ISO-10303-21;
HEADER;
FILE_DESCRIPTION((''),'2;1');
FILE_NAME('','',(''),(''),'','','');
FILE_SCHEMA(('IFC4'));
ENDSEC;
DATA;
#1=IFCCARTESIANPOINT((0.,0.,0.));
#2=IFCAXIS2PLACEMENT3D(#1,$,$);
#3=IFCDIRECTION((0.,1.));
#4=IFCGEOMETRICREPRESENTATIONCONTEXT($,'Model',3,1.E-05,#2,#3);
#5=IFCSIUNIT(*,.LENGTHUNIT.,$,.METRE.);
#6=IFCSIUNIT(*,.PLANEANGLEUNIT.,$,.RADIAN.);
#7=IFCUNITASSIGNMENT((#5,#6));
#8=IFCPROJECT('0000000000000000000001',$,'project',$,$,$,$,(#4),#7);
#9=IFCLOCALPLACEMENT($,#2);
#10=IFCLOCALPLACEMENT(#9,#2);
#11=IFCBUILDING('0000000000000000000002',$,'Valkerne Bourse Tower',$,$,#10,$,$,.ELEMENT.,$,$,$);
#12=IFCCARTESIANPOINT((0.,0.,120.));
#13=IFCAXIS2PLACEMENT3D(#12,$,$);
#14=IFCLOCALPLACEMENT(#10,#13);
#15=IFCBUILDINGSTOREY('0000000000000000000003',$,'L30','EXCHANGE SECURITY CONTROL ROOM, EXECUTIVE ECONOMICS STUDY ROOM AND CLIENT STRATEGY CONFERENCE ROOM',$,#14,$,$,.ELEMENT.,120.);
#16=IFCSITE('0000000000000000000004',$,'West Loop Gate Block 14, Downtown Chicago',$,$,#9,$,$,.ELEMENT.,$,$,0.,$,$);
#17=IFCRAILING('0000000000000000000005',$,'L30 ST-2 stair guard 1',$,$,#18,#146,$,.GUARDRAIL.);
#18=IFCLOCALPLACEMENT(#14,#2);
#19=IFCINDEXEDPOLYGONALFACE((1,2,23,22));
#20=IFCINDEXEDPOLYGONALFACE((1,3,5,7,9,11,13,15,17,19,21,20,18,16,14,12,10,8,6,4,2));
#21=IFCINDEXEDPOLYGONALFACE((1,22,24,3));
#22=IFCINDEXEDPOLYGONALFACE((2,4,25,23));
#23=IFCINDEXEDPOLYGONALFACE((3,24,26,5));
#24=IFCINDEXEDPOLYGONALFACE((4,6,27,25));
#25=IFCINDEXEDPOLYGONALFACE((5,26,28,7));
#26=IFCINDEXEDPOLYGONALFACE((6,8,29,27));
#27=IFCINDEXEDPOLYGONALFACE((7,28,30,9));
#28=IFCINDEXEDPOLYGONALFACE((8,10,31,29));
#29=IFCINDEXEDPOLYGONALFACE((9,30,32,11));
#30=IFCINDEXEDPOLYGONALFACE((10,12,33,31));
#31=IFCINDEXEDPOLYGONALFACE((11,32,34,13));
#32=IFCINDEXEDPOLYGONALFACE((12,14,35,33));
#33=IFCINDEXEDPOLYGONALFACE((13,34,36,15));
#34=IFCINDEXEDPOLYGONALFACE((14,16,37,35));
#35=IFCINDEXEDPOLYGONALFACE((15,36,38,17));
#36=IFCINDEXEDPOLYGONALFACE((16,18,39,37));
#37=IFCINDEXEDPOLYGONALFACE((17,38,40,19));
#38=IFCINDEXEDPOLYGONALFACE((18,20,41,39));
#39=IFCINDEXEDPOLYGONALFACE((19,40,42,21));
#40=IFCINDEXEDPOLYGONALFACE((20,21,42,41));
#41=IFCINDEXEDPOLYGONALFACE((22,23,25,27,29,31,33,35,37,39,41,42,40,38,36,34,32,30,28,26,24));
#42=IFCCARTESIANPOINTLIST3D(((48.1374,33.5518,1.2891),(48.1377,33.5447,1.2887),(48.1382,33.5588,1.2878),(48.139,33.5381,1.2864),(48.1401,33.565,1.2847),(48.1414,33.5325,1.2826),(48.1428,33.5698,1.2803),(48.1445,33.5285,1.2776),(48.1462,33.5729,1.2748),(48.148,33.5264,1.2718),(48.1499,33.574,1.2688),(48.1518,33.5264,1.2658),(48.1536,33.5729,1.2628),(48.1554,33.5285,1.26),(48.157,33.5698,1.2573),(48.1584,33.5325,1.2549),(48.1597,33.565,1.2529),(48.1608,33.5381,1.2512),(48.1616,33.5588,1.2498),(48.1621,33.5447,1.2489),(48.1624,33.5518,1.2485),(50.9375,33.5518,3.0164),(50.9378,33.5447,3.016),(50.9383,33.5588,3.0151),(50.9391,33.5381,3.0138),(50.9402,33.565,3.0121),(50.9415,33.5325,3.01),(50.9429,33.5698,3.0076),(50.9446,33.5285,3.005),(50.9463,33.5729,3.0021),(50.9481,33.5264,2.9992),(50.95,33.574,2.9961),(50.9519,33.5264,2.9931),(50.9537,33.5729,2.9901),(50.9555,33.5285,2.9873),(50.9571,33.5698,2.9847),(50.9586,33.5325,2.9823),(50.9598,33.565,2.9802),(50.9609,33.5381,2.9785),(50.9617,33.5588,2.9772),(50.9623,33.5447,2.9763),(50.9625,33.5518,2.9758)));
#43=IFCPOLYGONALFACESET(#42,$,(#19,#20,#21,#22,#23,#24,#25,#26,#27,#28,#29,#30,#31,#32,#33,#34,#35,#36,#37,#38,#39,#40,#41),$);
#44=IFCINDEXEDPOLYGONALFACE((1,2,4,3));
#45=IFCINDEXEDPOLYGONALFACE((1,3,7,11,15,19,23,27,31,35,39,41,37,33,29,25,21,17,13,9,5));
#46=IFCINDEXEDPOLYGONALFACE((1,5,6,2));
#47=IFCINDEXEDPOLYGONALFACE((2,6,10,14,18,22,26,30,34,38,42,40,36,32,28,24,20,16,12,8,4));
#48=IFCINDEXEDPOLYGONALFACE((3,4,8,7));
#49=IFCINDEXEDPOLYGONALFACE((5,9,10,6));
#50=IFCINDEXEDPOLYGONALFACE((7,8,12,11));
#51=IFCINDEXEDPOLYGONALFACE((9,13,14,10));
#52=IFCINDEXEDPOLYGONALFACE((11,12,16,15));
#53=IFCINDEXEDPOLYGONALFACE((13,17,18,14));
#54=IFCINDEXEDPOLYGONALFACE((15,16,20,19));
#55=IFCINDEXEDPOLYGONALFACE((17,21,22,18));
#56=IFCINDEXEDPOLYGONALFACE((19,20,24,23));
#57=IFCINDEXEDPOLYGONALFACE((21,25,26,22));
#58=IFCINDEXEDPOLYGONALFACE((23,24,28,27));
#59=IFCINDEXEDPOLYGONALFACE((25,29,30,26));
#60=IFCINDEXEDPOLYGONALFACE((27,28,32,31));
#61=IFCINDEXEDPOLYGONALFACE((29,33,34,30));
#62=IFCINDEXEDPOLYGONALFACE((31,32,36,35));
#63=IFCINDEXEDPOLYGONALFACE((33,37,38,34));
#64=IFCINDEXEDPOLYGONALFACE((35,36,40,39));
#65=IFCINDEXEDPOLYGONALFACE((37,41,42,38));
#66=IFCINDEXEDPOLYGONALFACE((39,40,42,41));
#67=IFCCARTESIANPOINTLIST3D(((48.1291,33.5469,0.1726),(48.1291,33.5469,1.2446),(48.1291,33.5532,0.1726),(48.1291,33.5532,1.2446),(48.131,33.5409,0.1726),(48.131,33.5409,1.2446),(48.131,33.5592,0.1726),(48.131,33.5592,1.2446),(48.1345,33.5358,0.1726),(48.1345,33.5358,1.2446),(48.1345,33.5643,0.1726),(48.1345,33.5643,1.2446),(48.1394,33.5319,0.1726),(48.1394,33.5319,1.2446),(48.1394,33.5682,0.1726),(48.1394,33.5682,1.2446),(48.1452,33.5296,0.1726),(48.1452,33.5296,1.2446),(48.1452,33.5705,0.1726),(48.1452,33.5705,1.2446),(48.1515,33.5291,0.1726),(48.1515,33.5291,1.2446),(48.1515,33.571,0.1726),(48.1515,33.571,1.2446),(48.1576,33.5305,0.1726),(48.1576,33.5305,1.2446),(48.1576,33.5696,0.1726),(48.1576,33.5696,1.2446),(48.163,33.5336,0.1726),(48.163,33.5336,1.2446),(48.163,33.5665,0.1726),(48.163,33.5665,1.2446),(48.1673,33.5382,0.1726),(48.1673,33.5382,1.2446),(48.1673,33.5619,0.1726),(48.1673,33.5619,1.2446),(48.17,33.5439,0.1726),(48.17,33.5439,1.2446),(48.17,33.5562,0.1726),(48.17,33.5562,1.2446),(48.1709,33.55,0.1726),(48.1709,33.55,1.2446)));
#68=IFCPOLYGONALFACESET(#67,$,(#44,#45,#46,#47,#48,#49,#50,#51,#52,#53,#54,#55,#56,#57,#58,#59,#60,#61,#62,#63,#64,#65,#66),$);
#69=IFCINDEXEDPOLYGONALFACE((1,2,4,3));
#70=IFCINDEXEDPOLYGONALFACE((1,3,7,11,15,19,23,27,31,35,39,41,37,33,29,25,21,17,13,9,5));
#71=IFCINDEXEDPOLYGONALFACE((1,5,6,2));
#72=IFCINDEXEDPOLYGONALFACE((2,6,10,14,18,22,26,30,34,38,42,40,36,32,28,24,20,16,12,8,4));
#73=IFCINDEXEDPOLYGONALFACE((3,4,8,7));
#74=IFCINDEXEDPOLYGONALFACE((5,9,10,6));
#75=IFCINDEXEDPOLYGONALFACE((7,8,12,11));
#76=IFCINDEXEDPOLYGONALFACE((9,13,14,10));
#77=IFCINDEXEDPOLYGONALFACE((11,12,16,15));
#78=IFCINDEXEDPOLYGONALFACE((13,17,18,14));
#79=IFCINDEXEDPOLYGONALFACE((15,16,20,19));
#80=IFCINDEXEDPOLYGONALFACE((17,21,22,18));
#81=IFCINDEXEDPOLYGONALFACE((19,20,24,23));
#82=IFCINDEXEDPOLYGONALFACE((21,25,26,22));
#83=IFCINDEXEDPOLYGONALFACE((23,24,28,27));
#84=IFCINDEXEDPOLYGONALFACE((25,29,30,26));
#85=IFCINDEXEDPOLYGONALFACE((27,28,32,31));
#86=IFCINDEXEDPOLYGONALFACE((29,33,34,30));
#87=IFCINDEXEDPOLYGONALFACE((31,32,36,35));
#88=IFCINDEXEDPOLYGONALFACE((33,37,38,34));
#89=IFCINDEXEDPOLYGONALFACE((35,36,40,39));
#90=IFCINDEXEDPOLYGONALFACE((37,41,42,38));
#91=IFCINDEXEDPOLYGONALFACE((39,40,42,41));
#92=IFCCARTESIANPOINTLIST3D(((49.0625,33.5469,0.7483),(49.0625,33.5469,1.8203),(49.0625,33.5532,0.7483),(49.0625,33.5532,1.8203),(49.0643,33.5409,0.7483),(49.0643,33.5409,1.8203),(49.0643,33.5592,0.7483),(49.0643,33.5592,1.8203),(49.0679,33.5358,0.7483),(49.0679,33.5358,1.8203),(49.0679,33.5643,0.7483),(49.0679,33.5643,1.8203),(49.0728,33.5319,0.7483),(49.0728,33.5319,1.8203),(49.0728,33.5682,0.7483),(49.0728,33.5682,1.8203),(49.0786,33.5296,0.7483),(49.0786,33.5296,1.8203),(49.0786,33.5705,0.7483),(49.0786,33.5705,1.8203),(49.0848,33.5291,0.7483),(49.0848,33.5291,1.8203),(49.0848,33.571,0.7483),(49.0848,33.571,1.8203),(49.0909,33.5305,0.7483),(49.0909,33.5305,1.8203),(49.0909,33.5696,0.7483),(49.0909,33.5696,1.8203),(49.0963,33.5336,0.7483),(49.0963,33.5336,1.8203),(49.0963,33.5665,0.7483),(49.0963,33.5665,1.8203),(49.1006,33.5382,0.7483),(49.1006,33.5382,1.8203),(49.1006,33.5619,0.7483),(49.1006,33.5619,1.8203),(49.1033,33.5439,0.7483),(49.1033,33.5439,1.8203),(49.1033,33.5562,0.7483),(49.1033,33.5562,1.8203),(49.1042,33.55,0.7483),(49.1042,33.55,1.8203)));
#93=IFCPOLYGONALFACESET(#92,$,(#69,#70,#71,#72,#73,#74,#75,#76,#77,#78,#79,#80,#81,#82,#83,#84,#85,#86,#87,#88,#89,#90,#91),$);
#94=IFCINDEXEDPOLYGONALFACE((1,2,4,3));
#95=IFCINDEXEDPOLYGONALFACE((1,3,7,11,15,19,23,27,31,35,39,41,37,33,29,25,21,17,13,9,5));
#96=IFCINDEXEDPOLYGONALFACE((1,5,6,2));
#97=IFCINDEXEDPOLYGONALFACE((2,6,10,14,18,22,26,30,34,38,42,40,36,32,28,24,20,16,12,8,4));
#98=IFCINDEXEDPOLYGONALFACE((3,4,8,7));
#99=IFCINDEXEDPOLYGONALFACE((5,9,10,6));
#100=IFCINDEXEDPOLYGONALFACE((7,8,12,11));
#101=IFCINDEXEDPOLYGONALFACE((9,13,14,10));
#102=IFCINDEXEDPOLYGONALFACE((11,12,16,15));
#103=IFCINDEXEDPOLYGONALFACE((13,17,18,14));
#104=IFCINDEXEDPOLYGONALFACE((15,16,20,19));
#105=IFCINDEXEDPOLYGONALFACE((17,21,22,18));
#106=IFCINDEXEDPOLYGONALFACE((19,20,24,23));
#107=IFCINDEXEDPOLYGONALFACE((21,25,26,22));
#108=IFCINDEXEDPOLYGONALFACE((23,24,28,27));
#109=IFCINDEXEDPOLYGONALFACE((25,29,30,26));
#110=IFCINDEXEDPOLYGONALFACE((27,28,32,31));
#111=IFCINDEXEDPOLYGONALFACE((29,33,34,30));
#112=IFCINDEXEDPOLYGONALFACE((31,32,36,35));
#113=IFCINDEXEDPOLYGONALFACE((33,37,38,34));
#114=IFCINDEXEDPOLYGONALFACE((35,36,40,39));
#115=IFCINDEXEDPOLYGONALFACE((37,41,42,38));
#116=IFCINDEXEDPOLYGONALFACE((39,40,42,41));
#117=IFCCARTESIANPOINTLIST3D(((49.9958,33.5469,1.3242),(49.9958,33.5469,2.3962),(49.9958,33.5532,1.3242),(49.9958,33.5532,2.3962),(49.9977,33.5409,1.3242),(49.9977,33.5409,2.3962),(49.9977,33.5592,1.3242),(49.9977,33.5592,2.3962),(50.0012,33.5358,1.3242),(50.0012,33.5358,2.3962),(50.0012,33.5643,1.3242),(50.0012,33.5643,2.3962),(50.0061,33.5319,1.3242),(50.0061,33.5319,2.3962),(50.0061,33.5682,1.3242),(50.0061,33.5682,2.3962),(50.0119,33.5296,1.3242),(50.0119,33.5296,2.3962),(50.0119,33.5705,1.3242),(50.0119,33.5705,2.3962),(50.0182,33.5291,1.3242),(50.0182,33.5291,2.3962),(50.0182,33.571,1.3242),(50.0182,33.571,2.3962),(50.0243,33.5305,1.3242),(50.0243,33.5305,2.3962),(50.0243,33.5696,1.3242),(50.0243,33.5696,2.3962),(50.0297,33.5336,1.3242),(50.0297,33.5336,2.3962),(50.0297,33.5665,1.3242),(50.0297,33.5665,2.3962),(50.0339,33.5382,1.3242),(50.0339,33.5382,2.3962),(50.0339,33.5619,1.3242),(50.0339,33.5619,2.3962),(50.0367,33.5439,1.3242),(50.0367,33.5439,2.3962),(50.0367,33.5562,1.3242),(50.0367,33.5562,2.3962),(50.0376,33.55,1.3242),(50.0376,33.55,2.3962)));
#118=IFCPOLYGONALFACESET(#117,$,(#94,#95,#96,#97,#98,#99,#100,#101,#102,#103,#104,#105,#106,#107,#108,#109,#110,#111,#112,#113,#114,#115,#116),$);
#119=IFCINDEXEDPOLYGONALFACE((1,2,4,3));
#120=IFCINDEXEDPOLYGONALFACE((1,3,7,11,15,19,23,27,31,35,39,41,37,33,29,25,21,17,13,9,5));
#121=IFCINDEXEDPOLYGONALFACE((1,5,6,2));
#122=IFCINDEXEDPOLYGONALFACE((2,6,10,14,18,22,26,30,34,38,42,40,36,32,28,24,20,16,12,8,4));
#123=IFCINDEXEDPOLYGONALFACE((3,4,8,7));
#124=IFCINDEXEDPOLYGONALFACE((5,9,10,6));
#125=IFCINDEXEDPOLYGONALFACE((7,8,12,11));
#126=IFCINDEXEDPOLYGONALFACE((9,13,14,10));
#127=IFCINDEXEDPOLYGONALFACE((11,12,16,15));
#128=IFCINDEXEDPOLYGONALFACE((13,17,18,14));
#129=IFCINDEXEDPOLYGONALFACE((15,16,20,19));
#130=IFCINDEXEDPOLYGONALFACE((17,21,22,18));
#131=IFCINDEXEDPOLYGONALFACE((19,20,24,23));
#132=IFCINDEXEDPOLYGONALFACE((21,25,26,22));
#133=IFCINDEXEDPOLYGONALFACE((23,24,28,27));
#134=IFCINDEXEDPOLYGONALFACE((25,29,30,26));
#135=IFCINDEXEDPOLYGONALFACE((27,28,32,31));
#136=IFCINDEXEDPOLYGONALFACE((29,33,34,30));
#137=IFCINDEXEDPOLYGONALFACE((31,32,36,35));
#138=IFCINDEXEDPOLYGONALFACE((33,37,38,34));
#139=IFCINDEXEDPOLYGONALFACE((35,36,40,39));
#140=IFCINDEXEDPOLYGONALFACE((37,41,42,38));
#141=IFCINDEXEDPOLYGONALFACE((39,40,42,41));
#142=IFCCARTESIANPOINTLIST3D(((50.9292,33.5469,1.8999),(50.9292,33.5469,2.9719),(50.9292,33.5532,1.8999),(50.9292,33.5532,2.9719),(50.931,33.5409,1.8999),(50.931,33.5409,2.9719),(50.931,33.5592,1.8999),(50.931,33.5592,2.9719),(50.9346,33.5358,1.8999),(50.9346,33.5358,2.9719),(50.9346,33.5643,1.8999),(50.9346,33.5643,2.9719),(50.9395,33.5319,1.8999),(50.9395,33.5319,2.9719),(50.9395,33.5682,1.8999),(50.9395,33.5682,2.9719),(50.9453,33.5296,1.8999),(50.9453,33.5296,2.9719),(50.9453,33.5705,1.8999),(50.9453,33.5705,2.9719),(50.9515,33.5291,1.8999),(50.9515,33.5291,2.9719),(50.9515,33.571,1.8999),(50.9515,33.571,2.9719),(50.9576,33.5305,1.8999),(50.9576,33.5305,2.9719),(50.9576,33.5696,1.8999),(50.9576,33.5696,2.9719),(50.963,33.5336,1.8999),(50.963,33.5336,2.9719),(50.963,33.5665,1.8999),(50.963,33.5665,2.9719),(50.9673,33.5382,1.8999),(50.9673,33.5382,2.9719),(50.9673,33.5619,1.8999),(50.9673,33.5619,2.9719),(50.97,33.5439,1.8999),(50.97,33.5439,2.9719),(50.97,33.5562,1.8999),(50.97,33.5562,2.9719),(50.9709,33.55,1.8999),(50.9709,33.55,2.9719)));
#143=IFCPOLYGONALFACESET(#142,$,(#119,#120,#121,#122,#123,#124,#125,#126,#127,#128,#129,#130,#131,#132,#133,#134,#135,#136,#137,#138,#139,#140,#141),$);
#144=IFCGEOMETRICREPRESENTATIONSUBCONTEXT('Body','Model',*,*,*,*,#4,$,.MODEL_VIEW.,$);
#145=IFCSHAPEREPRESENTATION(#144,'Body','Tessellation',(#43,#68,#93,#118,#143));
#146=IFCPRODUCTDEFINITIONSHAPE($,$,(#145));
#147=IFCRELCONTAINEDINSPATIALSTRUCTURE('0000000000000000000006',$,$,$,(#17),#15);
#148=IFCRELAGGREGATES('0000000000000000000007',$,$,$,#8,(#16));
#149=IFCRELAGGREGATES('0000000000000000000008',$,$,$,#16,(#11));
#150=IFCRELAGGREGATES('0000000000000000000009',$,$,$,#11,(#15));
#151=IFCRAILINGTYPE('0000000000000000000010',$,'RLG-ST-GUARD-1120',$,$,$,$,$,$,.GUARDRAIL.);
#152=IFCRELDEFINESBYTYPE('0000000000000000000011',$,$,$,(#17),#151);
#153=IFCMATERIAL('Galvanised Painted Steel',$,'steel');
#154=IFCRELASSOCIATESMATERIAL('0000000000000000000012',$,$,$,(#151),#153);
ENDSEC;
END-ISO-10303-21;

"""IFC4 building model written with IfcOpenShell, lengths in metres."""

from ifc_helpers import new_model, si_unit, direction, frame, origin, origin_2d, place, context, subcontext, project, spatial, circle, extrude, material, type_object, element, save


model = new_model("IFC4")

# Units and contexts
model_context = context("Model", 3, precision=1e-05, world=origin(), true_north=direction((0.0, 1.0)))
body_context = subcontext(model_context, "Body", "Model", "MODEL_VIEW")
ifc_project = project(units=[si_unit("LENGTHUNIT", "METRE"), si_unit("PLANEANGLEUNIT", "RADIAN")], contexts=[model_context])

# Site, building, storey
site_placement = place(None, origin())
site = spatial("IfcSite", under=ifc_project, at=site_placement, Name="West Loop Gate Block 14, Downtown Chicago", CompositionType="ELEMENT", RefElevation=0.0)
building_placement = place(site_placement, origin())
building = spatial("IfcBuilding", under=site, at=building_placement, Name="Valkerne Bourse Tower", CompositionType="ELEMENT")
storey_placement = place(building_placement, frame((0.0, 0.0, 120.0)))
storey = spatial("IfcBuildingStorey", under=building, at=storey_placement, Name="L30", Description="EXCHANGE SECURITY CONTROL ROOM, EXECUTIVE ECONOMICS STUDY ROOM AND CLIENT STRATEGY CONFERENCE ROOM", CompositionType="ELEMENT", Elevation=120.0)

# Shared definitions
ifc_material_1 = material(Name="Galvanised Painted Steel", Category="steel")

# Railing
railing_type_1 = type_object("IfcRailingType", Name="RLG-ST-GUARD-1120", PredefinedType="GUARDRAIL", material=ifc_material_1)
railing_1_placement = place(storey_placement, frame((48.1499, 33.55, 0.1726)))
element("IfcRailing", 1, at=railing_1_placement, inside=storey, type_object=railing_type_1, Name="L30 ST-2 stair guard 1", PredefinedType="GUARDRAIL", context=body_context, shape_type="SweptSolid", body=[
    extrude(circle(Radius=0.0239, at=origin_2d()), frame((0.0, 0.0, 1.0962), z_axis=(0.85109, 0.0, 0.52502), x_axis=(0.0, 1.0, 0.0)), (0.0, 0.0, 1.0), 3.29),
    extrude(circle(Radius=0.021, at=origin_2d()), origin(), (0.0, 0.0, 1.0), 1.072),
    extrude(circle(Radius=0.021, at=origin_2d()), frame((0.9333, 0.0, 0.5757)), (0.0, 0.0, 1.0), 1.072),
    extrude(circle(Radius=0.021, at=origin_2d()), frame((1.8667, 0.0, 1.1516)), (0.0, 0.0, 1.0), 1.072),
    extrude(circle(Radius=0.021, at=origin_2d()), frame((2.8, 0.0, 1.7273)), (0.0, 0.0, 1.0), 1.072),
])

save(model, "model.ifc")
